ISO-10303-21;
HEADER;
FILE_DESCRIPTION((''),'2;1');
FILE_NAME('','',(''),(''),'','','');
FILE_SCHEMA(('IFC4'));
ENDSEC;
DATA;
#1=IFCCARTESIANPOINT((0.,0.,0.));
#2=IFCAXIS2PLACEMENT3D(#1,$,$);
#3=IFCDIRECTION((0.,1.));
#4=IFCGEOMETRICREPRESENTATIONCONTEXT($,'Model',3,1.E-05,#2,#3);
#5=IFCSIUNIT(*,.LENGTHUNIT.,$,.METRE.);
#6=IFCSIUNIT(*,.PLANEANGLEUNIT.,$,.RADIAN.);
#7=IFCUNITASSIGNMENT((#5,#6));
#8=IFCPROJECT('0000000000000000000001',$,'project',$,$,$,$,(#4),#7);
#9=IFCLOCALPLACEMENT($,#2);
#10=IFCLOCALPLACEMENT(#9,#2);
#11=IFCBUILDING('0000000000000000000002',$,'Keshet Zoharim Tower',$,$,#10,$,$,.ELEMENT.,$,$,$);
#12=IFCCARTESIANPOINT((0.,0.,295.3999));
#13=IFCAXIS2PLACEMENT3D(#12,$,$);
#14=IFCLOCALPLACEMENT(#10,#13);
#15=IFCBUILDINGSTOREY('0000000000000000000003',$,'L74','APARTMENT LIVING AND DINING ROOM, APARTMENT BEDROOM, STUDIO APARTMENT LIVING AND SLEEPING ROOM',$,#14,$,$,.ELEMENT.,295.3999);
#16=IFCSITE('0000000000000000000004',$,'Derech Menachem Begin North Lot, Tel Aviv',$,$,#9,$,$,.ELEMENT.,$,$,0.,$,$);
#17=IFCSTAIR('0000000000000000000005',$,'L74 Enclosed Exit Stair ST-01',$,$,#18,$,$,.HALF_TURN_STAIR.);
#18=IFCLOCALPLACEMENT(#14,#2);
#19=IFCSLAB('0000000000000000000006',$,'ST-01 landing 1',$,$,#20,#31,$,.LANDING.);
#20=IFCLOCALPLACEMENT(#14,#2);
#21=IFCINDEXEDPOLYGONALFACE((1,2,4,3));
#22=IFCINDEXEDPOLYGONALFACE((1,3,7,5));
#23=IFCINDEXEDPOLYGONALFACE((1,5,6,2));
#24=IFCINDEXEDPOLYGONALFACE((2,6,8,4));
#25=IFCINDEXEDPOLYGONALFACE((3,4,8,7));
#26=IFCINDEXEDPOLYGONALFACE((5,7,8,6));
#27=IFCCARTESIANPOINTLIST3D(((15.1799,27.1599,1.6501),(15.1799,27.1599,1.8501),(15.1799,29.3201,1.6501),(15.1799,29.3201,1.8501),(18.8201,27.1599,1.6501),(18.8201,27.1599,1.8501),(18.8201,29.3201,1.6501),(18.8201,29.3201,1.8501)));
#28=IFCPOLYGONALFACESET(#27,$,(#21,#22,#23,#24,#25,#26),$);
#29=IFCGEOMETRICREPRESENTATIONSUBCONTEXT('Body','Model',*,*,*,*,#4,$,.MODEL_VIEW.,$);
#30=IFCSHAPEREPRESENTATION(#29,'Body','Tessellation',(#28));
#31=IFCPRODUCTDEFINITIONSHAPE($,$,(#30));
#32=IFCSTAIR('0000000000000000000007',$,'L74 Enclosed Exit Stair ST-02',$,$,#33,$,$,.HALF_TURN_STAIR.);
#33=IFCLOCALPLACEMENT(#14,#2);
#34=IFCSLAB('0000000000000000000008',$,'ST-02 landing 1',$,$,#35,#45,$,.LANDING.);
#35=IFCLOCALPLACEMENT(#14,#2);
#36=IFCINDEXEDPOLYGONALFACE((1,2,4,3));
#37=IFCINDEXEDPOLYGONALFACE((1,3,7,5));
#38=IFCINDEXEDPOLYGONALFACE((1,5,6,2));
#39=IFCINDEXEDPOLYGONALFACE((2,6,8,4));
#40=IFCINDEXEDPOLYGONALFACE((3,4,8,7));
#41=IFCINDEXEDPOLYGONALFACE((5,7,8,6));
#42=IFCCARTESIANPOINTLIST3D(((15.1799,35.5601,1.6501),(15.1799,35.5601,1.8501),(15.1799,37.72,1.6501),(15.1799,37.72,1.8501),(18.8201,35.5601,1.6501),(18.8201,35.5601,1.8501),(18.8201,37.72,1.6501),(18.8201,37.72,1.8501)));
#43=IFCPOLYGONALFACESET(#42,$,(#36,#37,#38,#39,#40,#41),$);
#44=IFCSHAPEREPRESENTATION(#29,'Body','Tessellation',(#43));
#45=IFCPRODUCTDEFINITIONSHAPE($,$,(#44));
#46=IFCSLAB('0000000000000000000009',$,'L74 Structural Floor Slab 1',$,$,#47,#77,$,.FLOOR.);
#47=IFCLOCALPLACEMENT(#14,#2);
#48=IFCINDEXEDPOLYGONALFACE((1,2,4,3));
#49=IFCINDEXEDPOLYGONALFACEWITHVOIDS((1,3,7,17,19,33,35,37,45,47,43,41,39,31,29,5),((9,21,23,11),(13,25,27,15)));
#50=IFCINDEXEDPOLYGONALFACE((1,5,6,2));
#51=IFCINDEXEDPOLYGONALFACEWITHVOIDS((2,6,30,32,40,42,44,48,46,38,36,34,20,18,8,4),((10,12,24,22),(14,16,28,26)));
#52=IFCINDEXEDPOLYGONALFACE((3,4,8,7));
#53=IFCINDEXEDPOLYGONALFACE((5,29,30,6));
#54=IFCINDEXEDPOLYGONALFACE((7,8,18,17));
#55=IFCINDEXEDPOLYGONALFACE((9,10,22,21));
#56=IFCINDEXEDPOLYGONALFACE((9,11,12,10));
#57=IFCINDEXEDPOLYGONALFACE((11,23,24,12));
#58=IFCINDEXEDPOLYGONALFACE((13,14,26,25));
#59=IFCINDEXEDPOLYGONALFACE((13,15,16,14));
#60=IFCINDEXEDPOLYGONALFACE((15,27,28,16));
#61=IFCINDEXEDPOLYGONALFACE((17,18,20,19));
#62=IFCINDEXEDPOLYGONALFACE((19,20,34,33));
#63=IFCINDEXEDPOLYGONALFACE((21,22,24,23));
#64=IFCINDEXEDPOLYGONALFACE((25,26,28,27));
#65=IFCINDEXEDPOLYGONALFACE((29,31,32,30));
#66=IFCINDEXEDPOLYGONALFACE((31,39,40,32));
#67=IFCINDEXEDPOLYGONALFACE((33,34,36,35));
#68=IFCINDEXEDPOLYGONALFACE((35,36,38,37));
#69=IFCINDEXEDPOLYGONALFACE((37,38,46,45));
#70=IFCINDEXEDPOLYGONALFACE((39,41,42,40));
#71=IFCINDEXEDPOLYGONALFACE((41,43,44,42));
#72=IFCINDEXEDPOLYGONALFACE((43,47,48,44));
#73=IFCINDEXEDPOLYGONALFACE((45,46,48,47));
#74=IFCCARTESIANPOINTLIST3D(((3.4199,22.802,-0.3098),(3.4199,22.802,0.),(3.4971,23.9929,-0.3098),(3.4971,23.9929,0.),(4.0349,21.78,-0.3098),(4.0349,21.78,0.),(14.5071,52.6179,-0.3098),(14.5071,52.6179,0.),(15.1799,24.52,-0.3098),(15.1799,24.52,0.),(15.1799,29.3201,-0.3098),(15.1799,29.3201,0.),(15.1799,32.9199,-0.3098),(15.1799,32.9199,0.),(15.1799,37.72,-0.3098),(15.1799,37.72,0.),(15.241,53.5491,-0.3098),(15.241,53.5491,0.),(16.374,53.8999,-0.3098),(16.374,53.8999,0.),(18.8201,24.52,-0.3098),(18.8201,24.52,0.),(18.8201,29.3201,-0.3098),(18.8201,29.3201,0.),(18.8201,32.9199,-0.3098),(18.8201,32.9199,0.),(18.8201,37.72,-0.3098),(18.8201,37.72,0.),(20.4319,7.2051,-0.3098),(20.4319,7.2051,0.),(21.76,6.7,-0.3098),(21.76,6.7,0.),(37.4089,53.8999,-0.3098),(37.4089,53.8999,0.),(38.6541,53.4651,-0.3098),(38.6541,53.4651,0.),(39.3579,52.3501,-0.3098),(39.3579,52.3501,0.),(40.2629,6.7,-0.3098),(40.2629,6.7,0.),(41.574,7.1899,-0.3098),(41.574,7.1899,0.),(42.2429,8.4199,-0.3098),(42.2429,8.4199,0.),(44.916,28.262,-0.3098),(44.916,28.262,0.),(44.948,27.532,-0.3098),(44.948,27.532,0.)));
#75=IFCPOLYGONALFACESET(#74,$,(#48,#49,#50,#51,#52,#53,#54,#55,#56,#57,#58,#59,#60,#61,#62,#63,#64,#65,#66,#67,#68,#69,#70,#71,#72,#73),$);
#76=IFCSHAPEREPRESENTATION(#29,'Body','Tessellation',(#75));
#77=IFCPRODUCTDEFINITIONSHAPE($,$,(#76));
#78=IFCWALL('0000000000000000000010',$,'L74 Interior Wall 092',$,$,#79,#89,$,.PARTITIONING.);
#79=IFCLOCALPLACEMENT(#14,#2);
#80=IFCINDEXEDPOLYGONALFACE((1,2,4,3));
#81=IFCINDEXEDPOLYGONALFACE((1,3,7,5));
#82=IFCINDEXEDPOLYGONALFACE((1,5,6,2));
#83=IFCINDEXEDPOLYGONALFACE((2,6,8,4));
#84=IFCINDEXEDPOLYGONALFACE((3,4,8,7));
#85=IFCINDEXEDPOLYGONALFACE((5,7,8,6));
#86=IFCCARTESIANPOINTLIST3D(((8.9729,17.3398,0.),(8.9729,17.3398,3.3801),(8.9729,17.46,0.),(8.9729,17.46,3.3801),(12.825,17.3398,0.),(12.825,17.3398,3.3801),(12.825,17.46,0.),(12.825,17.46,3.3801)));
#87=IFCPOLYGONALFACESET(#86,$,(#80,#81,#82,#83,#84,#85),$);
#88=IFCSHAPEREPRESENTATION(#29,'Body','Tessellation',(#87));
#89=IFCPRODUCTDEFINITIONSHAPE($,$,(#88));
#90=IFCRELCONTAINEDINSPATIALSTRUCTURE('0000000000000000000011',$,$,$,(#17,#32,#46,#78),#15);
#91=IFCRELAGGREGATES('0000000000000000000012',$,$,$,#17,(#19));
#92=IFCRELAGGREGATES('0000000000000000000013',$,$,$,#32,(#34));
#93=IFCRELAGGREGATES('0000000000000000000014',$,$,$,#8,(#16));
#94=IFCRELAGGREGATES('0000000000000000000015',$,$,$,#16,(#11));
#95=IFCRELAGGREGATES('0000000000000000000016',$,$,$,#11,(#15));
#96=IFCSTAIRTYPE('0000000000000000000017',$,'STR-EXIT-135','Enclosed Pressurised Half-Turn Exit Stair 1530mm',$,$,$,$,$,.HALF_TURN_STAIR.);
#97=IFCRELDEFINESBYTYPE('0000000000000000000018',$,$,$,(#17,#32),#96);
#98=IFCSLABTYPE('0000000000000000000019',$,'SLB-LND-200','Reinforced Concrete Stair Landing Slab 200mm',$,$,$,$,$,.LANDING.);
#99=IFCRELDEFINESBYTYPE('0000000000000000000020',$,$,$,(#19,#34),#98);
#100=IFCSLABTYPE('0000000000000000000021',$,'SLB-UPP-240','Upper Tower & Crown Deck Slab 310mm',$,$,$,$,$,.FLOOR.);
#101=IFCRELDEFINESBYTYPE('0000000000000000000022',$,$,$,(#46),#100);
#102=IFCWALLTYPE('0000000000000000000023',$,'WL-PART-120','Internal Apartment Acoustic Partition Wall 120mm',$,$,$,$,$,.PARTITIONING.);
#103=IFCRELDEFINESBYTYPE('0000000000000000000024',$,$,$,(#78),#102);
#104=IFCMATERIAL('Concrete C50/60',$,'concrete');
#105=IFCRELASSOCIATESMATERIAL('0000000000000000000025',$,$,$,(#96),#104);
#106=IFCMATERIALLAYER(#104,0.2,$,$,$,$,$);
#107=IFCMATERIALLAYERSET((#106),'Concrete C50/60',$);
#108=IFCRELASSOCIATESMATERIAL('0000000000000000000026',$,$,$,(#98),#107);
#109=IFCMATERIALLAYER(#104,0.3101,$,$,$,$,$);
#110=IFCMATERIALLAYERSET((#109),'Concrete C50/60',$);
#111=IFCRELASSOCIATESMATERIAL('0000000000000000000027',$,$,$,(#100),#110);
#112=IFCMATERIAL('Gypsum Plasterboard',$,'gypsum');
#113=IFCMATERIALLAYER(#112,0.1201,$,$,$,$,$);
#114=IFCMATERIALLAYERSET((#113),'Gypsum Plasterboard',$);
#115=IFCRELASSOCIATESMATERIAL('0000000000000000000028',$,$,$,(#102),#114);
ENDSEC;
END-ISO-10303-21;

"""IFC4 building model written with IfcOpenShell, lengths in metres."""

from ifc_helpers import new_model, si_unit, direction, frame, frame_2d, origin, place, context, subcontext, project, spatial, polyline, rectangle, outline, extrude, material, layer, layer_set, type_object, element, aggregate, save


model = new_model("IFC4")

# Units and contexts
model_context = context("Model", 3, precision=1e-05, world=origin(), true_north=direction((0.0, 1.0)))
body_context = subcontext(model_context, "Body", "Model", "MODEL_VIEW")
ifc_project = project(units=[si_unit("LENGTHUNIT", "METRE"), si_unit("PLANEANGLEUNIT", "RADIAN")], contexts=[model_context])

# Site, building, storey
site_placement = place(None, origin())
site = spatial("IfcSite", under=ifc_project, at=site_placement, Name="Derech Menachem Begin North Lot, Tel Aviv", CompositionType="ELEMENT", RefElevation=0.0)
building_placement = place(site_placement, origin())
building = spatial("IfcBuilding", under=site, at=building_placement, Name="Keshet Zoharim Tower", CompositionType="ELEMENT")
storey_placement = place(building_placement, frame((0.0, 0.0, 295.3999)))
storey = spatial("IfcBuildingStorey", under=building, at=storey_placement, Name="L74", Description="APARTMENT LIVING AND DINING ROOM, APARTMENT BEDROOM, STUDIO APARTMENT LIVING AND SLEEPING ROOM", CompositionType="ELEMENT", Elevation=295.3999)

# Shared definitions
ifc_material_1 = material(Name="Concrete C50/60", Category="concrete")

# Stairs, slabs
stair_type = type_object("IfcStairType", Name="STR-EXIT-135", Description="Enclosed Pressurised Half-Turn Exit Stair 1530mm", PredefinedType="HALF_TURN_STAIR", material=ifc_material_1)
stair_1_placement = place(storey_placement, origin())
stair_1 = element("IfcStair", 1, at=stair_1_placement, inside=storey, type_object=stair_type, Name="L74 Enclosed Exit Stair ST-01", PredefinedType="HALF_TURN_STAIR")
ifc_layer_1 = layer(ifc_material_1, 0.2)
ifc_layer_set_1 = layer_set([ifc_layer_1], Name="Concrete C50/60")
slab_type_1 = type_object("IfcSlabType", Name="SLB-LND-200", Description="Reinforced Concrete Stair Landing Slab 200mm", PredefinedType="LANDING", material=ifc_layer_set_1)
slab_1_placement = place(storey_placement, frame((0.0, 0.0, 1.6501)))
slab_1 = element("IfcSlab", 2, at=slab_1_placement, type_object=slab_type_1, Name="ST-01 landing 1", PredefinedType="LANDING", context=body_context, shape_type="SweptSolid", body=[
    extrude(outline(polyline([(15.1799, 27.1599), (18.8201, 27.1599), (18.8201, 29.3201), (15.1799, 29.3201), (15.1799, 27.1599)])), origin(), (0.0, 0.0, 1.0), 0.2),
])
aggregate(stair_1, [slab_1])
stair_2_placement = place(storey_placement, origin())
stair_2 = element("IfcStair", 3, at=stair_2_placement, inside=storey, type_object=stair_type, Name="L74 Enclosed Exit Stair ST-02", PredefinedType="HALF_TURN_STAIR")
slab_2_placement = place(storey_placement, frame((0.0, 0.0, 1.6501)))
slab_2 = element("IfcSlab", 4, at=slab_2_placement, type_object=slab_type_1, Name="ST-02 landing 1", PredefinedType="LANDING", context=body_context, shape_type="SweptSolid", body=[
    extrude(outline(polyline([(15.1799, 35.5601), (18.8201, 35.5601), (18.8201, 37.72), (15.1799, 37.72), (15.1799, 35.5601)])), origin(), (0.0, 0.0, 1.0), 0.2),
])
aggregate(stair_2, [slab_2])

# Slab
ifc_layer_2 = layer(ifc_material_1, 0.3101)
ifc_layer_set_2 = layer_set([ifc_layer_2], Name="Concrete C50/60")
slab_type_2 = type_object("IfcSlabType", Name="SLB-UPP-240", Description="Upper Tower & Crown Deck Slab 310mm", PredefinedType="FLOOR", material=ifc_layer_set_2)
slab_3_placement = place(storey_placement, frame((0.0, 0.0, -0.3098)))
element("IfcSlab", 5, at=slab_3_placement, inside=storey, type_object=slab_type_2, Name="L74 Structural Floor Slab 1", PredefinedType="FLOOR", context=body_context, shape_type="SweptSolid", body=[
    extrude(outline(polyline([(4.0349, 21.78), (3.4199, 22.802), (3.4971, 23.9929), (14.5071, 52.6179), (15.241, 53.5491), (16.374, 53.8999), (37.4089, 53.8999), (38.6541, 53.4651), (39.3579, 52.3501), (44.916, 28.262), (44.948, 27.532), (42.2429, 8.4199), (41.574, 7.1899), (40.2629, 6.7), (21.76, 6.7), (20.4319, 7.2051), (4.0349, 21.78)]), holes=[polyline([(15.1799, 24.52), (18.8201, 24.52), (18.8201, 29.3201), (15.1799, 29.3201), (15.1799, 24.52)]), polyline([(15.1799, 32.9199), (18.8201, 32.9199), (18.8201, 37.72), (15.1799, 37.72), (15.1799, 32.9199)])]), origin(), (0.0, 0.0, 1.0), 0.3098),
])

# Shared definitions
ifc_material_2 = material(Name="Gypsum Plasterboard", Category="gypsum")

# Wall
ifc_layer_3 = layer(ifc_material_2, 0.1201)
ifc_layer_set_3 = layer_set([ifc_layer_3], Name="Gypsum Plasterboard")
wall_type_1 = type_object("IfcWallType", Name="WL-PART-120", Description="Internal Apartment Acoustic Partition Wall 120mm", PredefinedType="PARTITIONING", material=ifc_layer_set_3)
wall_1_placement = place(storey_placement, frame((8.9729, 17.3999, 0.0), z_axis=(0.0, 0.0, 1.0), x_axis=(1.0, 0.0, 0.0)))
element("IfcWall", 6, at=wall_1_placement, inside=storey, type_object=wall_type_1, Name="L74 Interior Wall 092", PredefinedType="PARTITIONING", context=body_context, shape_type="SweptSolid", body=[
    extrude(rectangle(XDim=3.8521, YDim=0.1201, at=frame_2d((1.926, 0.0))), origin(), (0.0, 0.0, 1.0), 3.3801),
])

save(model, "model.ifc")
